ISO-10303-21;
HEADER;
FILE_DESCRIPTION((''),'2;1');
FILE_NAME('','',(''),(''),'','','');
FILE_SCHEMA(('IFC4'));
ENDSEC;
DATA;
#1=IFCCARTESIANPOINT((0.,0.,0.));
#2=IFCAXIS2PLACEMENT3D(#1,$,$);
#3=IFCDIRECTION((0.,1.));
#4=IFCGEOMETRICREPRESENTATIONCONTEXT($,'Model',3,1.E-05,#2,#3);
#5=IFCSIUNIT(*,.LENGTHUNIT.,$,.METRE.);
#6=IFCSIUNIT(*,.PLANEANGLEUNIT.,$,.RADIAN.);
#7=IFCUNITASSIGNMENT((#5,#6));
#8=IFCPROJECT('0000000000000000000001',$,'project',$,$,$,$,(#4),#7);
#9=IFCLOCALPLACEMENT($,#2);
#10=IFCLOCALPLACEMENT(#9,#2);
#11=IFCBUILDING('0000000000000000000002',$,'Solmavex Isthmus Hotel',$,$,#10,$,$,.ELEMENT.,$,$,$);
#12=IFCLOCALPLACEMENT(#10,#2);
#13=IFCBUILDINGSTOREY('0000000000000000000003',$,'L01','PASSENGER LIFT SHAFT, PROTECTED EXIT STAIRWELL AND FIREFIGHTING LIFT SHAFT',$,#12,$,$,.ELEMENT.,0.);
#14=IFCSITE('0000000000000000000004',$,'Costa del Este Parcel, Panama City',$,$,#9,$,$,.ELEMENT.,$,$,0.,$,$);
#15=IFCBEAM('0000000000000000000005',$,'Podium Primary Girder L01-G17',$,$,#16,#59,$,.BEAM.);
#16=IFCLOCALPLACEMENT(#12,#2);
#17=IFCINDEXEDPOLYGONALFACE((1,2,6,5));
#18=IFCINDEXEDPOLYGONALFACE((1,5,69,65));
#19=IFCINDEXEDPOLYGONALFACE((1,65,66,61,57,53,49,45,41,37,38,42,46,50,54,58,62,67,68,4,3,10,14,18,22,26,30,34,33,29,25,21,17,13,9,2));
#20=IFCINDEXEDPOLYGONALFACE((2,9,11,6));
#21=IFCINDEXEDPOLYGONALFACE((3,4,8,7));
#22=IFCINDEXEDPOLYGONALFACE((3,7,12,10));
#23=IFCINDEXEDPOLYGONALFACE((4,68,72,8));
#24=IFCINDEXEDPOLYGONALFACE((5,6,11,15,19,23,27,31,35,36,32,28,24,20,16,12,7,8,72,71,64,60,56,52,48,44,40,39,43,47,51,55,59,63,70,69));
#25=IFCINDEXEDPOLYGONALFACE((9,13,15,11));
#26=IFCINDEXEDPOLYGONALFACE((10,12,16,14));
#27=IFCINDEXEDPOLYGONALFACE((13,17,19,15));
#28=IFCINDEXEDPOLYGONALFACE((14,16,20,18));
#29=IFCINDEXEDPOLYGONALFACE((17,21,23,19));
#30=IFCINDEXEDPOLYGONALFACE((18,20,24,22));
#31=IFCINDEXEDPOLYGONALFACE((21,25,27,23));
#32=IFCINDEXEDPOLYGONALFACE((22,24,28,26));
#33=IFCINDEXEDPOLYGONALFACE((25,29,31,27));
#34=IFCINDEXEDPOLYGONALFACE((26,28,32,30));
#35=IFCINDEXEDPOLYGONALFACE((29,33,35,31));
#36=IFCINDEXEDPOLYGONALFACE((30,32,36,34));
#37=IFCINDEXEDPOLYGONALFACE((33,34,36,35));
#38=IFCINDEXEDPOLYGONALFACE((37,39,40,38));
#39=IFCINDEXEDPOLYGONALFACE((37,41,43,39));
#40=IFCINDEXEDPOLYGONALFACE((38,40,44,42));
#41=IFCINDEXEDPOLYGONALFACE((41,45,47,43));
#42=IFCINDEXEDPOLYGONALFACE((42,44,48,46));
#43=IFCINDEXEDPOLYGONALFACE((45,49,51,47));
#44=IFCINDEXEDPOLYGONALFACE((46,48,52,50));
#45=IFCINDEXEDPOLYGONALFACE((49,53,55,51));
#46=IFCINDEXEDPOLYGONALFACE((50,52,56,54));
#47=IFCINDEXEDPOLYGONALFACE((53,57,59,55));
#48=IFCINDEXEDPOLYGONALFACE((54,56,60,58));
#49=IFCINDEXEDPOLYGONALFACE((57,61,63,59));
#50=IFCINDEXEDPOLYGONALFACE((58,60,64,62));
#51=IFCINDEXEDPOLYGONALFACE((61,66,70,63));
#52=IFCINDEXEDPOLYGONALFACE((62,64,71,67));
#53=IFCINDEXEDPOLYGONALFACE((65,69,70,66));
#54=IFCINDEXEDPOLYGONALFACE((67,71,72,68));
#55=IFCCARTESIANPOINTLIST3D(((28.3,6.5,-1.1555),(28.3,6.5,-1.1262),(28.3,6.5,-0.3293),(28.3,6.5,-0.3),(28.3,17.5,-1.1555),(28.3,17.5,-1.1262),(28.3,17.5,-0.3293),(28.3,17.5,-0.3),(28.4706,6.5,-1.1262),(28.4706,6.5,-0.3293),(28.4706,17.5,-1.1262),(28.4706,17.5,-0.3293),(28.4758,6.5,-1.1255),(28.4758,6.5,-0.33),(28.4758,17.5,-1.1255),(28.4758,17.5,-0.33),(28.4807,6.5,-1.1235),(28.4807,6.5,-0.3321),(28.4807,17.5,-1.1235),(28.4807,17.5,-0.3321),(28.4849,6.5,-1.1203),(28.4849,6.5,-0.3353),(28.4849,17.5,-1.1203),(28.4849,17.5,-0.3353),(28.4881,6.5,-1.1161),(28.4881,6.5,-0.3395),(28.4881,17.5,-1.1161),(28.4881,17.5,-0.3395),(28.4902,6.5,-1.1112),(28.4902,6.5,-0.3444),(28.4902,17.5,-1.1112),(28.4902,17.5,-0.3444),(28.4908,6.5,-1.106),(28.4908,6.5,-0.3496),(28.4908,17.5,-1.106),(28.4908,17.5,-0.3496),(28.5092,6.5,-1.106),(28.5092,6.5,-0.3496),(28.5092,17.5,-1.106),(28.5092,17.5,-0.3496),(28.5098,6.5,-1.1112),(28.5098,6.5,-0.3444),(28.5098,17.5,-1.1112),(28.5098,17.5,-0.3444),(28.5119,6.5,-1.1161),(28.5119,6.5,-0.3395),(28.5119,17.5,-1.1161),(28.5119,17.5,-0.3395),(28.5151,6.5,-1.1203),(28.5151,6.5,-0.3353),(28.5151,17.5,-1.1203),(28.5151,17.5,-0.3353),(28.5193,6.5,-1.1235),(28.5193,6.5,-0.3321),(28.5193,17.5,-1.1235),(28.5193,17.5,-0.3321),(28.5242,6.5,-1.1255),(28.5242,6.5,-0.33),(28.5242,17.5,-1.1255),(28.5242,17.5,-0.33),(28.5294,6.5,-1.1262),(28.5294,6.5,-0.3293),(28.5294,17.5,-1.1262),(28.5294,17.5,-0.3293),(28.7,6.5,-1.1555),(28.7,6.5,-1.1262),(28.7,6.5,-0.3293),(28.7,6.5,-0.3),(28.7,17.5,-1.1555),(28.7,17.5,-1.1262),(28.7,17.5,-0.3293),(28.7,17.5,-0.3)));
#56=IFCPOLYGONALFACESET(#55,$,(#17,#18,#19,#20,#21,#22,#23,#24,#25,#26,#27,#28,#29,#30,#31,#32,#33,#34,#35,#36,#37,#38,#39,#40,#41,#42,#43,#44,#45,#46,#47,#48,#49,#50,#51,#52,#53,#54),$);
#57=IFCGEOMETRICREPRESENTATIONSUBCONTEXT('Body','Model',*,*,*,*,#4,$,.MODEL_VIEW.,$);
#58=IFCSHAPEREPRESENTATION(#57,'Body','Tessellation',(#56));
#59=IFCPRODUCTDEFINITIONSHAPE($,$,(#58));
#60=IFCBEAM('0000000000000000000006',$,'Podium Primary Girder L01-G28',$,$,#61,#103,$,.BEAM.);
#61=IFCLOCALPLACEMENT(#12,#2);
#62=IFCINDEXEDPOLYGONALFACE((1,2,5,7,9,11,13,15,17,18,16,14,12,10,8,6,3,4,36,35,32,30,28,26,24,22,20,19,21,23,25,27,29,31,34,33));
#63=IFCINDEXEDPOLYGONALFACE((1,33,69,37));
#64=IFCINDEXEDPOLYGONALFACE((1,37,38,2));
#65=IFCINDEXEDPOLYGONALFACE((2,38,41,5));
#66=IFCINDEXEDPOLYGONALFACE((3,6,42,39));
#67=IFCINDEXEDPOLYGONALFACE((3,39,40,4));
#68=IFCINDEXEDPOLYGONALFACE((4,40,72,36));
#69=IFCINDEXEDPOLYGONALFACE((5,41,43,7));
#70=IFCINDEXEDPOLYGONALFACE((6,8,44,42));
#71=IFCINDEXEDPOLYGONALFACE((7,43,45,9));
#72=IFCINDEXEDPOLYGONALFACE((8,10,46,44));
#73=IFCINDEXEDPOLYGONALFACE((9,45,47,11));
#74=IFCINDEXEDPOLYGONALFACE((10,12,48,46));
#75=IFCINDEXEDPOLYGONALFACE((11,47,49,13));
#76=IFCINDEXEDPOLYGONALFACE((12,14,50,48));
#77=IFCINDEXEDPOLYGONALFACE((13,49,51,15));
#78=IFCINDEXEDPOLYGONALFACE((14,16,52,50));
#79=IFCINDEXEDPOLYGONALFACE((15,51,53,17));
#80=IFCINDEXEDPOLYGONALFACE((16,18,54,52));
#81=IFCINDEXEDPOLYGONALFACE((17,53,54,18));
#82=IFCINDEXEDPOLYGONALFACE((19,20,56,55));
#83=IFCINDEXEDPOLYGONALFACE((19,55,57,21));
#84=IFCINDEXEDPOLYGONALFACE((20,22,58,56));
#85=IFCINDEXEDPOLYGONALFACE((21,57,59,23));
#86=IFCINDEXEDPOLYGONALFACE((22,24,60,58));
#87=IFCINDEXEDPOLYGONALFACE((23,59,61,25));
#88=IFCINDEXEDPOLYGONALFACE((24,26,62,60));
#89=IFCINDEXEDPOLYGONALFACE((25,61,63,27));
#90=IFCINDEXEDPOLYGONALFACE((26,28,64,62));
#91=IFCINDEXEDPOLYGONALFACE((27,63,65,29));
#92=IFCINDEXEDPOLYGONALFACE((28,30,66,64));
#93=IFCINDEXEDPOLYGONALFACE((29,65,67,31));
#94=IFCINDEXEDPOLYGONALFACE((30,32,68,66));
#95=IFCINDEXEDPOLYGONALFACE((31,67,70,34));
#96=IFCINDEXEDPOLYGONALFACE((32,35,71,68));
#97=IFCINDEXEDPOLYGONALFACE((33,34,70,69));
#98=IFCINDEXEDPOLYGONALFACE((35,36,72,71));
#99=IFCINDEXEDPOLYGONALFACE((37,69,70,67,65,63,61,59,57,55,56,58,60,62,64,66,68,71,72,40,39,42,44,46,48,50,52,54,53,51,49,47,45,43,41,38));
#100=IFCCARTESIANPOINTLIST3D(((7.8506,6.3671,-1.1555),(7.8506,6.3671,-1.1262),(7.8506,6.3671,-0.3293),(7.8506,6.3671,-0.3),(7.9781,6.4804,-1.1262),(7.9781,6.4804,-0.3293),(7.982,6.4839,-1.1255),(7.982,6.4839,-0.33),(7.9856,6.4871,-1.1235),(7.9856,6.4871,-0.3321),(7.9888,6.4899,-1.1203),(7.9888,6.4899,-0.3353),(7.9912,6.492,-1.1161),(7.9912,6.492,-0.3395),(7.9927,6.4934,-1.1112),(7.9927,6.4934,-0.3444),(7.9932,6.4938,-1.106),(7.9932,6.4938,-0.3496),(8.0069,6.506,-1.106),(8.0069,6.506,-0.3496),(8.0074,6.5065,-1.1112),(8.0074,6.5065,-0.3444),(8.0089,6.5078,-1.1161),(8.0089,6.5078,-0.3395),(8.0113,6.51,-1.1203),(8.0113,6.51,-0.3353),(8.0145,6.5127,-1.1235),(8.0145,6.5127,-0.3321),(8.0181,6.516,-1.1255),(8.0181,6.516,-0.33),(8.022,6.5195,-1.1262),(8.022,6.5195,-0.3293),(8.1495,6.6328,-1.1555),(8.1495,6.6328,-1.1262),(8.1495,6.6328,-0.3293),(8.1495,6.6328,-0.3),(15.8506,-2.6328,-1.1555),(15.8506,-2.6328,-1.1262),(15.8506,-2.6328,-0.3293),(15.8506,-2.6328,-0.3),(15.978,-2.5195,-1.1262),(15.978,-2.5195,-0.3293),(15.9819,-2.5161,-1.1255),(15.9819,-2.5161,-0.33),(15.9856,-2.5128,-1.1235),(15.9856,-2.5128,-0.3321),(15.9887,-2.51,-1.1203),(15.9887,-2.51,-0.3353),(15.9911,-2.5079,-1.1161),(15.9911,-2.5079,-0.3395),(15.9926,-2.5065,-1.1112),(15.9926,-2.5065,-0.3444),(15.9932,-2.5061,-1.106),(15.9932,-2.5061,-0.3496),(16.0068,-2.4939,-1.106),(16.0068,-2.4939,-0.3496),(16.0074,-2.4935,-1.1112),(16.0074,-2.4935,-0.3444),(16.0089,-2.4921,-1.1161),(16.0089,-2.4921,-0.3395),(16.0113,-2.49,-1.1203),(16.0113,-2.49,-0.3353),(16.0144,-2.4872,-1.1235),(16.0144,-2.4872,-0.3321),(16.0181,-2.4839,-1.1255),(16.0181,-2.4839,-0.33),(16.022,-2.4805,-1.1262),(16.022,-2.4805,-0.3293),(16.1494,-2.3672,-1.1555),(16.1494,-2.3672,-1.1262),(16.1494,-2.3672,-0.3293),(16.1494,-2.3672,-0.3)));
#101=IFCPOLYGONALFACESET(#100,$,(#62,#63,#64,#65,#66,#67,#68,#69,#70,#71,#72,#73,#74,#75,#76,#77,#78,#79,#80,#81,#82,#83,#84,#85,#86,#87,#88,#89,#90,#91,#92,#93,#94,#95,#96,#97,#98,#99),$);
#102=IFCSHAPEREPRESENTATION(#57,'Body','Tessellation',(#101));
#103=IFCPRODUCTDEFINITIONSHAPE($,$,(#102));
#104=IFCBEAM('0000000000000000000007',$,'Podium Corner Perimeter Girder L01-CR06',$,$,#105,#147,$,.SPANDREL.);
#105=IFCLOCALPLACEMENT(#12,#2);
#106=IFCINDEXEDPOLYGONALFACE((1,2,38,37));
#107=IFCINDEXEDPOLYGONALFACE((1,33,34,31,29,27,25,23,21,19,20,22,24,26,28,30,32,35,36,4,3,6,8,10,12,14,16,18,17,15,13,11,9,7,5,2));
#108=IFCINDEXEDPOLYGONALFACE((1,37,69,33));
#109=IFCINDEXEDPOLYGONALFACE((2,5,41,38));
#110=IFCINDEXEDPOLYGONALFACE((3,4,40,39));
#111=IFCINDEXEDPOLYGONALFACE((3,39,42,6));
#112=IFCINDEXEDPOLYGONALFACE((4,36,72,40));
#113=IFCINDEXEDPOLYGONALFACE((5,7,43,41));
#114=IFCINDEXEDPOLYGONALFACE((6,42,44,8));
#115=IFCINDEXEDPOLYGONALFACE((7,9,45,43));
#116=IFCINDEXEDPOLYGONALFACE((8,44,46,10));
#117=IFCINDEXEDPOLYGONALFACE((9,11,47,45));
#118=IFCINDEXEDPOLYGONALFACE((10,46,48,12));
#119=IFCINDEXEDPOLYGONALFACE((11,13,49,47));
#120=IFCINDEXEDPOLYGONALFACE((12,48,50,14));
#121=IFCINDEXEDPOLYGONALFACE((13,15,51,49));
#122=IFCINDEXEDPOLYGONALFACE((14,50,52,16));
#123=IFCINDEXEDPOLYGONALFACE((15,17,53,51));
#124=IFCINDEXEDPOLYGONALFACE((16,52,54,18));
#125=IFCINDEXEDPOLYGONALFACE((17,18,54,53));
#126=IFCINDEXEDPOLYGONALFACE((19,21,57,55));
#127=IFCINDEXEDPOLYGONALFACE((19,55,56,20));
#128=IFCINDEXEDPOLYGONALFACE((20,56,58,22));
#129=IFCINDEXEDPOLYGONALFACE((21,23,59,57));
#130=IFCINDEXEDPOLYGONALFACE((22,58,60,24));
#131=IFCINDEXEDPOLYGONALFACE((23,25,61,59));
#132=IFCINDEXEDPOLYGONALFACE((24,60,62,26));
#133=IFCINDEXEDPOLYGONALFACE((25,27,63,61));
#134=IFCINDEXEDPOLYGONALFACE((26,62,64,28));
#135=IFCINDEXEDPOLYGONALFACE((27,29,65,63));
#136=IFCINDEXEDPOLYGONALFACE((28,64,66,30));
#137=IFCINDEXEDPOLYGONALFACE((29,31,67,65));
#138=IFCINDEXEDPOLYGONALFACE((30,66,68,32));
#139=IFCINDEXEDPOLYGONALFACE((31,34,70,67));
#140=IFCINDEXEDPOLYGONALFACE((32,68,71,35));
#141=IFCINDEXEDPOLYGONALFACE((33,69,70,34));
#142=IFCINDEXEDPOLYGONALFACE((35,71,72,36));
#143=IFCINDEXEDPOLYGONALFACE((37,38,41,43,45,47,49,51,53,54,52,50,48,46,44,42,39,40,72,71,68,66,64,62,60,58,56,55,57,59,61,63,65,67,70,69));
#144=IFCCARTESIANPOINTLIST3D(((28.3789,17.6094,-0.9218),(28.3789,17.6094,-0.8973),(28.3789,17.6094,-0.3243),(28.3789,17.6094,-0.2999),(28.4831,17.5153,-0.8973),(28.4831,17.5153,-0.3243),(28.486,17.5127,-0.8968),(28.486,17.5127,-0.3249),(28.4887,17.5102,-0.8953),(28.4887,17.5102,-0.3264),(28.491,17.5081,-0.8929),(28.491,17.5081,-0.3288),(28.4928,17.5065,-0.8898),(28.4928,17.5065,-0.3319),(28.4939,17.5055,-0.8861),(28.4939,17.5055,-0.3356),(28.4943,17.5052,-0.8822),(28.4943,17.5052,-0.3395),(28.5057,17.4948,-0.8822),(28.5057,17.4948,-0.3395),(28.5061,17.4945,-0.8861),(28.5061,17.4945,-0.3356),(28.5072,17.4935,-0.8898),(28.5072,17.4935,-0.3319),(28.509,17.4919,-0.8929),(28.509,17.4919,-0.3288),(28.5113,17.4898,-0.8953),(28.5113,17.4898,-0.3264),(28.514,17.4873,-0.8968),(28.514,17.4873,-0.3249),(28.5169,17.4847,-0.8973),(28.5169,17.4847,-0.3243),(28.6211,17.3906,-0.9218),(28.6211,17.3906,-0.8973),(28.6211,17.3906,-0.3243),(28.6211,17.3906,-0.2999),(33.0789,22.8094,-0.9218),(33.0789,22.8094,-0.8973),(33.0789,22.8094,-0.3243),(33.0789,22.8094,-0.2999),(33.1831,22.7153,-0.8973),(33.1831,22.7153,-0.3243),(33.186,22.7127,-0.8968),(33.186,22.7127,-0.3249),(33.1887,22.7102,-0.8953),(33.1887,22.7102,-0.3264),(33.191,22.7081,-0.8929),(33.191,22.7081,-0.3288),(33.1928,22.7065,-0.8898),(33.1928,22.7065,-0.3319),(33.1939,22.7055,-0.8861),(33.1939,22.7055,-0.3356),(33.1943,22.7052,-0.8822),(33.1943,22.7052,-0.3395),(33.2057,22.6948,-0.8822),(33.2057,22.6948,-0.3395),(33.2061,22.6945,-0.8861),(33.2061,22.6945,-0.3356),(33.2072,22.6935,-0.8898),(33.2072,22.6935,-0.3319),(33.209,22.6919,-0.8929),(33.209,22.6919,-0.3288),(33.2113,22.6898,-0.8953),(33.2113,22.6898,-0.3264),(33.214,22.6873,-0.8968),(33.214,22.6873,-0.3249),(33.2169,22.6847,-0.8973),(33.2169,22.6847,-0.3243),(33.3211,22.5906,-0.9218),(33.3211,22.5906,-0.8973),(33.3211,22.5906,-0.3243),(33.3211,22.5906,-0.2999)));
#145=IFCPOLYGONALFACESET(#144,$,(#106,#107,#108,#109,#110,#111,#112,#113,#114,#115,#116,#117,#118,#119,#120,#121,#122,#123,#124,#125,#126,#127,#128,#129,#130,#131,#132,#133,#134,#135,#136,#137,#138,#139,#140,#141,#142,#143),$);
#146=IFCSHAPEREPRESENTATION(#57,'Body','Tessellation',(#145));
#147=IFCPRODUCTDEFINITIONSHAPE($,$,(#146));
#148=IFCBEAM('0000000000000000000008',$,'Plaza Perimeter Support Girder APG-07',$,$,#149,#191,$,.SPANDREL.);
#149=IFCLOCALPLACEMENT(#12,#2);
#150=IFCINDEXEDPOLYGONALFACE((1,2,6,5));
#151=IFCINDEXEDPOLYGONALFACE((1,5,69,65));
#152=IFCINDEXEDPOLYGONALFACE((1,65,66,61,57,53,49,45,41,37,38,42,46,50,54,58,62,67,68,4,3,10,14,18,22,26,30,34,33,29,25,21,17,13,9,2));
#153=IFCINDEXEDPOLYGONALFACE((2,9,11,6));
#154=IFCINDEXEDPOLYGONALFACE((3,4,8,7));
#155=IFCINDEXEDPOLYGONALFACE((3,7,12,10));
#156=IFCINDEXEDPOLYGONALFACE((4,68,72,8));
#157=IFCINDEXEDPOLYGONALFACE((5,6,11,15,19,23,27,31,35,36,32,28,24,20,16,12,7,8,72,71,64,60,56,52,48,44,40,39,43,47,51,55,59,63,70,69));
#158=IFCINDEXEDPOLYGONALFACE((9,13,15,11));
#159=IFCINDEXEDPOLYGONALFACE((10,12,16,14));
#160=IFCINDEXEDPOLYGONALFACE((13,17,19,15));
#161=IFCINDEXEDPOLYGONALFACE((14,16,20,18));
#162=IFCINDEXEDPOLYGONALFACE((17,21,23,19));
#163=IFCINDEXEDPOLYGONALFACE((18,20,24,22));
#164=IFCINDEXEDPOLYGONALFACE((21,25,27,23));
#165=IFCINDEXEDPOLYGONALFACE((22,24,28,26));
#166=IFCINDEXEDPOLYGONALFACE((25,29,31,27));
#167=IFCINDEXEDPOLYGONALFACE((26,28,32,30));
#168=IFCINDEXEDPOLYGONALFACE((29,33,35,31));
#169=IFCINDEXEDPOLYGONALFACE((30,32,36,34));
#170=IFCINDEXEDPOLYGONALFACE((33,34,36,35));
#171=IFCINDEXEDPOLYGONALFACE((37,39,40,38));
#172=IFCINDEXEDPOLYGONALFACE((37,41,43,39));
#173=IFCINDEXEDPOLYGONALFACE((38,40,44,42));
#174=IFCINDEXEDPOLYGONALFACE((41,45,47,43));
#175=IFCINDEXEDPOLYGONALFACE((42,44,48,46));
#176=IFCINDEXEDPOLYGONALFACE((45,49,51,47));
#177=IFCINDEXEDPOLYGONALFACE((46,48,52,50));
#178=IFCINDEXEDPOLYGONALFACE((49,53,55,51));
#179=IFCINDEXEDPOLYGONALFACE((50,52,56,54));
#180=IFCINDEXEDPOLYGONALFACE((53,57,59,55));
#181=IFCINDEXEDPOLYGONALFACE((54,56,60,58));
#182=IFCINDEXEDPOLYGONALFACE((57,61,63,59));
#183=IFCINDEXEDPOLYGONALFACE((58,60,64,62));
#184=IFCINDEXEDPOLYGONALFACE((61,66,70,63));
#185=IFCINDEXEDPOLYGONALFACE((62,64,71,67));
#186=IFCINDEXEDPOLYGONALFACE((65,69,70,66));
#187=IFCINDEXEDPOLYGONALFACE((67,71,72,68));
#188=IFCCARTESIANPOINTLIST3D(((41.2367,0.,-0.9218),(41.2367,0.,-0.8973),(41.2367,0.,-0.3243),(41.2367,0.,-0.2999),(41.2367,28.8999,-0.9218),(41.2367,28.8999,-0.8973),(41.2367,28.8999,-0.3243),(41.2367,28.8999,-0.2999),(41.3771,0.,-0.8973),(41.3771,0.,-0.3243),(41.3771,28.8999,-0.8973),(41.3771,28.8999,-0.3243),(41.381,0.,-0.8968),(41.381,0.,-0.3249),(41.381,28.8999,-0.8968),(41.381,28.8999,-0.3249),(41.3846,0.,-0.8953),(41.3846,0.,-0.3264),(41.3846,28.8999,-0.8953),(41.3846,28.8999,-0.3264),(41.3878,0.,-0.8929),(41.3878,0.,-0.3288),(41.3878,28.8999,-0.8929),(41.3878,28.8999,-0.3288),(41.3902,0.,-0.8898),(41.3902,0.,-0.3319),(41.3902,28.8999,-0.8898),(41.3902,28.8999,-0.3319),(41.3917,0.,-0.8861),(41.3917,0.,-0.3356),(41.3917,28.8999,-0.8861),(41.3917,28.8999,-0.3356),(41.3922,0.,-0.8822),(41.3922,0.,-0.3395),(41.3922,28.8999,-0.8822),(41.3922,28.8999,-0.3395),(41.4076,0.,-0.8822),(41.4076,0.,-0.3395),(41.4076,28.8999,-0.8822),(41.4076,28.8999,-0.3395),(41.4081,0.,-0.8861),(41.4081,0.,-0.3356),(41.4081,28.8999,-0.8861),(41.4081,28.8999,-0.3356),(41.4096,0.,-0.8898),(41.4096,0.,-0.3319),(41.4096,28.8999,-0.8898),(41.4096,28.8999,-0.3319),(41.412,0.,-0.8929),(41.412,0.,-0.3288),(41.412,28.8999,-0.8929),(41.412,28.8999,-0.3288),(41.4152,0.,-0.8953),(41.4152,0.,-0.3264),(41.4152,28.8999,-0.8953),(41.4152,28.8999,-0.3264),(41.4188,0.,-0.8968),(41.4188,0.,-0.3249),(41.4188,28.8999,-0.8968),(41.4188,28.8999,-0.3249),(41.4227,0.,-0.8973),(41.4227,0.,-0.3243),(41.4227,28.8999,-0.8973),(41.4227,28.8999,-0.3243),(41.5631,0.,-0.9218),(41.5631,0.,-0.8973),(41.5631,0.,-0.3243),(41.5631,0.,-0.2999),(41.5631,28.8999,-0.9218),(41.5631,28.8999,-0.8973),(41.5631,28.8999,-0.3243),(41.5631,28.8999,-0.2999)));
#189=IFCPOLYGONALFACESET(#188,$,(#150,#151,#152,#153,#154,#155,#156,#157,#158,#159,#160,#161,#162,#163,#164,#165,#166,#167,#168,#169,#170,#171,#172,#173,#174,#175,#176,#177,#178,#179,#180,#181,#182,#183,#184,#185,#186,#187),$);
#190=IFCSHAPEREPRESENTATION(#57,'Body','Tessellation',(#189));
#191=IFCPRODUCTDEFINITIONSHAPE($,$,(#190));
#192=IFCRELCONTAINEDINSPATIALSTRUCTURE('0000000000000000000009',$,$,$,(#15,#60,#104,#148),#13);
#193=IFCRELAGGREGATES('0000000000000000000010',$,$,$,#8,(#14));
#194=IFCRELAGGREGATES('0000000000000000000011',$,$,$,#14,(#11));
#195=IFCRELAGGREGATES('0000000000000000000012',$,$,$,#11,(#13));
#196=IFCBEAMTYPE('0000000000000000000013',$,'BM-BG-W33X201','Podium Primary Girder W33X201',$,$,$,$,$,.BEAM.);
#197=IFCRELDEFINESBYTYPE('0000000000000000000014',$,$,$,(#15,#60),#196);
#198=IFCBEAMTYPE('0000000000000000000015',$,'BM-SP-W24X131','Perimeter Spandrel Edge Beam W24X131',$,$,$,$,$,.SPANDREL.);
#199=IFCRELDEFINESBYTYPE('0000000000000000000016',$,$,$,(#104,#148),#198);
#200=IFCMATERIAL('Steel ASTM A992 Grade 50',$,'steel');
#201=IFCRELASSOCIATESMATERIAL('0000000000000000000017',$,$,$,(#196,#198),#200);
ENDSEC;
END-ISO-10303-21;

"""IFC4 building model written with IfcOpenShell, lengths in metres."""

from ifc_helpers import new_model, si_unit, direction, frame, origin, origin_2d, place, context, subcontext, project, spatial, i_section, extrude, material, material_profile, profile_set, type_object, element, save


model = new_model("IFC4")

# Units and contexts
model_context = context("Model", 3, precision=1e-05, world=origin(), true_north=direction((0.0, 1.0)))
body_context = subcontext(model_context, "Body", "Model", "MODEL_VIEW")
ifc_project = project(units=[si_unit("LENGTHUNIT", "METRE"), si_unit("PLANEANGLEUNIT", "RADIAN")], contexts=[model_context])

# Site, building, storey
site_placement = place(None, origin())
site = spatial("IfcSite", under=ifc_project, at=site_placement, Name="Costa del Este Parcel, Panama City", CompositionType="ELEMENT", RefElevation=0.0)
building_placement = place(site_placement, origin())
building = spatial("IfcBuilding", under=site, at=building_placement, Name="Solmavex Isthmus Hotel", CompositionType="ELEMENT")
storey_placement = place(building_placement, origin())
storey = spatial("IfcBuildingStorey", under=building, at=storey_placement, Name="L01", Description="PASSENGER LIFT SHAFT, PROTECTED EXIT STAIRWELL AND FIREFIGHTING LIFT SHAFT", CompositionType="ELEMENT", Elevation=0.0)

# Beams
ifc_material_1 = material(Name="Steel ASTM A992 Grade 50", Category="steel")
ifc_material_profile_1 = material_profile(ifc_material_1, i_section(OverallWidth=0.3999, OverallDepth=0.8555, WebThickness=0.0183, FlangeThickness=0.0293, FilletRadius=0.0203, at=origin_2d()), Name="W33X201")
ifc_profile_set_1 = profile_set([ifc_material_profile_1], Name="Steel ASTM A992 Grade 50")
beam_type_1 = type_object("IfcBeamType", Name="BM-BG-W33X201", Description="Podium Primary Girder W33X201", PredefinedType="BEAM", material=ifc_profile_set_1)
beam_1_placement = place(storey_placement, frame((28.5, 6.5, -0.7278), z_axis=(0.0, 1.0, 0.0), x_axis=(-1.0, 0.0, 0.0)))
element("IfcBeam", 1, at=beam_1_placement, inside=storey, type_object=beam_type_1, Name="Podium Primary Girder L01-G17", PredefinedType="BEAM", context=body_context, shape_type="SweptSolid", body=[
    extrude(i_section(OverallWidth=0.3999, OverallDepth=0.8555, WebThickness=0.0183, FlangeThickness=0.0293, FilletRadius=0.0203, at=origin_2d()), origin(), (0.0, 0.0, 1.0), 11.0),
])
beam_2_placement = place(storey_placement, frame((16.0, -2.5, -0.7278), z_axis=(-0.664364, 0.747409, 0.0), x_axis=(-0.747409, -0.664364, 0.0)))
element("IfcBeam", 2, at=beam_2_placement, inside=storey, type_object=beam_type_1, Name="Podium Primary Girder L01-G28", PredefinedType="BEAM", context=body_context, shape_type="SweptSolid", body=[
    extrude(i_section(OverallWidth=0.3999, OverallDepth=0.8555, WebThickness=0.0183, FlangeThickness=0.0293, FilletRadius=0.0203, at=origin_2d()), origin(), (0.0, 0.0, 1.0), 12.0415),
])
ifc_material_profile_2 = material_profile(ifc_material_1, i_section(OverallWidth=0.3264, OverallDepth=0.6218, WebThickness=0.0154, FlangeThickness=0.0244, FilletRadius=0.0151, at=origin_2d()), Name="W24X131")
ifc_profile_set_2 = profile_set([ifc_material_profile_2], Name="Steel ASTM A992 Grade 50")
beam_type_2 = type_object("IfcBeamType", Name="BM-SP-W24X131", Description="Perimeter Spandrel Edge Beam W24X131", PredefinedType="SPANDREL", material=ifc_profile_set_2)
beam_3_placement = place(storey_placement, frame((28.5, 17.5, -0.6108), z_axis=(0.670539, 0.741874, 0.0), x_axis=(-0.741874, 0.670539, 0.0)))
element("IfcBeam", 3, at=beam_3_placement, inside=storey, type_object=beam_type_2, Name="Podium Corner Perimeter Girder L01-CR06", PredefinedType="SPANDREL", context=body_context, shape_type="SweptSolid", body=[
    extrude(i_section(OverallWidth=0.3264, OverallDepth=0.6218, WebThickness=0.0154, FlangeThickness=0.0244, FilletRadius=0.0151, at=origin_2d()), origin(), (0.0, 0.0, 1.0), 7.0093),
])
for number, where, z_axis, x_axis, name in (
    (4, (41.3999, 28.8999, -0.6108), (0.0, -1.0, 0.0), (1.0, 0.0, 0.0), "Plaza Perimeter Support Girder APG-07"),
):
    element("IfcBeam", number, at=place(storey_placement, frame(where, z_axis=z_axis, x_axis=x_axis)), inside=storey, type_object=beam_type_2, Name=name, PredefinedType="SPANDREL", context=body_context, shape_type="SweptSolid", body=[
        extrude(i_section(OverallWidth=0.3264, OverallDepth=0.6218, WebThickness=0.0154, FlangeThickness=0.0244, FilletRadius=0.0151, at=origin_2d()), origin(), (0.0, 0.0, 1.0), 28.8999),
    ])

save(model, "model.ifc")
